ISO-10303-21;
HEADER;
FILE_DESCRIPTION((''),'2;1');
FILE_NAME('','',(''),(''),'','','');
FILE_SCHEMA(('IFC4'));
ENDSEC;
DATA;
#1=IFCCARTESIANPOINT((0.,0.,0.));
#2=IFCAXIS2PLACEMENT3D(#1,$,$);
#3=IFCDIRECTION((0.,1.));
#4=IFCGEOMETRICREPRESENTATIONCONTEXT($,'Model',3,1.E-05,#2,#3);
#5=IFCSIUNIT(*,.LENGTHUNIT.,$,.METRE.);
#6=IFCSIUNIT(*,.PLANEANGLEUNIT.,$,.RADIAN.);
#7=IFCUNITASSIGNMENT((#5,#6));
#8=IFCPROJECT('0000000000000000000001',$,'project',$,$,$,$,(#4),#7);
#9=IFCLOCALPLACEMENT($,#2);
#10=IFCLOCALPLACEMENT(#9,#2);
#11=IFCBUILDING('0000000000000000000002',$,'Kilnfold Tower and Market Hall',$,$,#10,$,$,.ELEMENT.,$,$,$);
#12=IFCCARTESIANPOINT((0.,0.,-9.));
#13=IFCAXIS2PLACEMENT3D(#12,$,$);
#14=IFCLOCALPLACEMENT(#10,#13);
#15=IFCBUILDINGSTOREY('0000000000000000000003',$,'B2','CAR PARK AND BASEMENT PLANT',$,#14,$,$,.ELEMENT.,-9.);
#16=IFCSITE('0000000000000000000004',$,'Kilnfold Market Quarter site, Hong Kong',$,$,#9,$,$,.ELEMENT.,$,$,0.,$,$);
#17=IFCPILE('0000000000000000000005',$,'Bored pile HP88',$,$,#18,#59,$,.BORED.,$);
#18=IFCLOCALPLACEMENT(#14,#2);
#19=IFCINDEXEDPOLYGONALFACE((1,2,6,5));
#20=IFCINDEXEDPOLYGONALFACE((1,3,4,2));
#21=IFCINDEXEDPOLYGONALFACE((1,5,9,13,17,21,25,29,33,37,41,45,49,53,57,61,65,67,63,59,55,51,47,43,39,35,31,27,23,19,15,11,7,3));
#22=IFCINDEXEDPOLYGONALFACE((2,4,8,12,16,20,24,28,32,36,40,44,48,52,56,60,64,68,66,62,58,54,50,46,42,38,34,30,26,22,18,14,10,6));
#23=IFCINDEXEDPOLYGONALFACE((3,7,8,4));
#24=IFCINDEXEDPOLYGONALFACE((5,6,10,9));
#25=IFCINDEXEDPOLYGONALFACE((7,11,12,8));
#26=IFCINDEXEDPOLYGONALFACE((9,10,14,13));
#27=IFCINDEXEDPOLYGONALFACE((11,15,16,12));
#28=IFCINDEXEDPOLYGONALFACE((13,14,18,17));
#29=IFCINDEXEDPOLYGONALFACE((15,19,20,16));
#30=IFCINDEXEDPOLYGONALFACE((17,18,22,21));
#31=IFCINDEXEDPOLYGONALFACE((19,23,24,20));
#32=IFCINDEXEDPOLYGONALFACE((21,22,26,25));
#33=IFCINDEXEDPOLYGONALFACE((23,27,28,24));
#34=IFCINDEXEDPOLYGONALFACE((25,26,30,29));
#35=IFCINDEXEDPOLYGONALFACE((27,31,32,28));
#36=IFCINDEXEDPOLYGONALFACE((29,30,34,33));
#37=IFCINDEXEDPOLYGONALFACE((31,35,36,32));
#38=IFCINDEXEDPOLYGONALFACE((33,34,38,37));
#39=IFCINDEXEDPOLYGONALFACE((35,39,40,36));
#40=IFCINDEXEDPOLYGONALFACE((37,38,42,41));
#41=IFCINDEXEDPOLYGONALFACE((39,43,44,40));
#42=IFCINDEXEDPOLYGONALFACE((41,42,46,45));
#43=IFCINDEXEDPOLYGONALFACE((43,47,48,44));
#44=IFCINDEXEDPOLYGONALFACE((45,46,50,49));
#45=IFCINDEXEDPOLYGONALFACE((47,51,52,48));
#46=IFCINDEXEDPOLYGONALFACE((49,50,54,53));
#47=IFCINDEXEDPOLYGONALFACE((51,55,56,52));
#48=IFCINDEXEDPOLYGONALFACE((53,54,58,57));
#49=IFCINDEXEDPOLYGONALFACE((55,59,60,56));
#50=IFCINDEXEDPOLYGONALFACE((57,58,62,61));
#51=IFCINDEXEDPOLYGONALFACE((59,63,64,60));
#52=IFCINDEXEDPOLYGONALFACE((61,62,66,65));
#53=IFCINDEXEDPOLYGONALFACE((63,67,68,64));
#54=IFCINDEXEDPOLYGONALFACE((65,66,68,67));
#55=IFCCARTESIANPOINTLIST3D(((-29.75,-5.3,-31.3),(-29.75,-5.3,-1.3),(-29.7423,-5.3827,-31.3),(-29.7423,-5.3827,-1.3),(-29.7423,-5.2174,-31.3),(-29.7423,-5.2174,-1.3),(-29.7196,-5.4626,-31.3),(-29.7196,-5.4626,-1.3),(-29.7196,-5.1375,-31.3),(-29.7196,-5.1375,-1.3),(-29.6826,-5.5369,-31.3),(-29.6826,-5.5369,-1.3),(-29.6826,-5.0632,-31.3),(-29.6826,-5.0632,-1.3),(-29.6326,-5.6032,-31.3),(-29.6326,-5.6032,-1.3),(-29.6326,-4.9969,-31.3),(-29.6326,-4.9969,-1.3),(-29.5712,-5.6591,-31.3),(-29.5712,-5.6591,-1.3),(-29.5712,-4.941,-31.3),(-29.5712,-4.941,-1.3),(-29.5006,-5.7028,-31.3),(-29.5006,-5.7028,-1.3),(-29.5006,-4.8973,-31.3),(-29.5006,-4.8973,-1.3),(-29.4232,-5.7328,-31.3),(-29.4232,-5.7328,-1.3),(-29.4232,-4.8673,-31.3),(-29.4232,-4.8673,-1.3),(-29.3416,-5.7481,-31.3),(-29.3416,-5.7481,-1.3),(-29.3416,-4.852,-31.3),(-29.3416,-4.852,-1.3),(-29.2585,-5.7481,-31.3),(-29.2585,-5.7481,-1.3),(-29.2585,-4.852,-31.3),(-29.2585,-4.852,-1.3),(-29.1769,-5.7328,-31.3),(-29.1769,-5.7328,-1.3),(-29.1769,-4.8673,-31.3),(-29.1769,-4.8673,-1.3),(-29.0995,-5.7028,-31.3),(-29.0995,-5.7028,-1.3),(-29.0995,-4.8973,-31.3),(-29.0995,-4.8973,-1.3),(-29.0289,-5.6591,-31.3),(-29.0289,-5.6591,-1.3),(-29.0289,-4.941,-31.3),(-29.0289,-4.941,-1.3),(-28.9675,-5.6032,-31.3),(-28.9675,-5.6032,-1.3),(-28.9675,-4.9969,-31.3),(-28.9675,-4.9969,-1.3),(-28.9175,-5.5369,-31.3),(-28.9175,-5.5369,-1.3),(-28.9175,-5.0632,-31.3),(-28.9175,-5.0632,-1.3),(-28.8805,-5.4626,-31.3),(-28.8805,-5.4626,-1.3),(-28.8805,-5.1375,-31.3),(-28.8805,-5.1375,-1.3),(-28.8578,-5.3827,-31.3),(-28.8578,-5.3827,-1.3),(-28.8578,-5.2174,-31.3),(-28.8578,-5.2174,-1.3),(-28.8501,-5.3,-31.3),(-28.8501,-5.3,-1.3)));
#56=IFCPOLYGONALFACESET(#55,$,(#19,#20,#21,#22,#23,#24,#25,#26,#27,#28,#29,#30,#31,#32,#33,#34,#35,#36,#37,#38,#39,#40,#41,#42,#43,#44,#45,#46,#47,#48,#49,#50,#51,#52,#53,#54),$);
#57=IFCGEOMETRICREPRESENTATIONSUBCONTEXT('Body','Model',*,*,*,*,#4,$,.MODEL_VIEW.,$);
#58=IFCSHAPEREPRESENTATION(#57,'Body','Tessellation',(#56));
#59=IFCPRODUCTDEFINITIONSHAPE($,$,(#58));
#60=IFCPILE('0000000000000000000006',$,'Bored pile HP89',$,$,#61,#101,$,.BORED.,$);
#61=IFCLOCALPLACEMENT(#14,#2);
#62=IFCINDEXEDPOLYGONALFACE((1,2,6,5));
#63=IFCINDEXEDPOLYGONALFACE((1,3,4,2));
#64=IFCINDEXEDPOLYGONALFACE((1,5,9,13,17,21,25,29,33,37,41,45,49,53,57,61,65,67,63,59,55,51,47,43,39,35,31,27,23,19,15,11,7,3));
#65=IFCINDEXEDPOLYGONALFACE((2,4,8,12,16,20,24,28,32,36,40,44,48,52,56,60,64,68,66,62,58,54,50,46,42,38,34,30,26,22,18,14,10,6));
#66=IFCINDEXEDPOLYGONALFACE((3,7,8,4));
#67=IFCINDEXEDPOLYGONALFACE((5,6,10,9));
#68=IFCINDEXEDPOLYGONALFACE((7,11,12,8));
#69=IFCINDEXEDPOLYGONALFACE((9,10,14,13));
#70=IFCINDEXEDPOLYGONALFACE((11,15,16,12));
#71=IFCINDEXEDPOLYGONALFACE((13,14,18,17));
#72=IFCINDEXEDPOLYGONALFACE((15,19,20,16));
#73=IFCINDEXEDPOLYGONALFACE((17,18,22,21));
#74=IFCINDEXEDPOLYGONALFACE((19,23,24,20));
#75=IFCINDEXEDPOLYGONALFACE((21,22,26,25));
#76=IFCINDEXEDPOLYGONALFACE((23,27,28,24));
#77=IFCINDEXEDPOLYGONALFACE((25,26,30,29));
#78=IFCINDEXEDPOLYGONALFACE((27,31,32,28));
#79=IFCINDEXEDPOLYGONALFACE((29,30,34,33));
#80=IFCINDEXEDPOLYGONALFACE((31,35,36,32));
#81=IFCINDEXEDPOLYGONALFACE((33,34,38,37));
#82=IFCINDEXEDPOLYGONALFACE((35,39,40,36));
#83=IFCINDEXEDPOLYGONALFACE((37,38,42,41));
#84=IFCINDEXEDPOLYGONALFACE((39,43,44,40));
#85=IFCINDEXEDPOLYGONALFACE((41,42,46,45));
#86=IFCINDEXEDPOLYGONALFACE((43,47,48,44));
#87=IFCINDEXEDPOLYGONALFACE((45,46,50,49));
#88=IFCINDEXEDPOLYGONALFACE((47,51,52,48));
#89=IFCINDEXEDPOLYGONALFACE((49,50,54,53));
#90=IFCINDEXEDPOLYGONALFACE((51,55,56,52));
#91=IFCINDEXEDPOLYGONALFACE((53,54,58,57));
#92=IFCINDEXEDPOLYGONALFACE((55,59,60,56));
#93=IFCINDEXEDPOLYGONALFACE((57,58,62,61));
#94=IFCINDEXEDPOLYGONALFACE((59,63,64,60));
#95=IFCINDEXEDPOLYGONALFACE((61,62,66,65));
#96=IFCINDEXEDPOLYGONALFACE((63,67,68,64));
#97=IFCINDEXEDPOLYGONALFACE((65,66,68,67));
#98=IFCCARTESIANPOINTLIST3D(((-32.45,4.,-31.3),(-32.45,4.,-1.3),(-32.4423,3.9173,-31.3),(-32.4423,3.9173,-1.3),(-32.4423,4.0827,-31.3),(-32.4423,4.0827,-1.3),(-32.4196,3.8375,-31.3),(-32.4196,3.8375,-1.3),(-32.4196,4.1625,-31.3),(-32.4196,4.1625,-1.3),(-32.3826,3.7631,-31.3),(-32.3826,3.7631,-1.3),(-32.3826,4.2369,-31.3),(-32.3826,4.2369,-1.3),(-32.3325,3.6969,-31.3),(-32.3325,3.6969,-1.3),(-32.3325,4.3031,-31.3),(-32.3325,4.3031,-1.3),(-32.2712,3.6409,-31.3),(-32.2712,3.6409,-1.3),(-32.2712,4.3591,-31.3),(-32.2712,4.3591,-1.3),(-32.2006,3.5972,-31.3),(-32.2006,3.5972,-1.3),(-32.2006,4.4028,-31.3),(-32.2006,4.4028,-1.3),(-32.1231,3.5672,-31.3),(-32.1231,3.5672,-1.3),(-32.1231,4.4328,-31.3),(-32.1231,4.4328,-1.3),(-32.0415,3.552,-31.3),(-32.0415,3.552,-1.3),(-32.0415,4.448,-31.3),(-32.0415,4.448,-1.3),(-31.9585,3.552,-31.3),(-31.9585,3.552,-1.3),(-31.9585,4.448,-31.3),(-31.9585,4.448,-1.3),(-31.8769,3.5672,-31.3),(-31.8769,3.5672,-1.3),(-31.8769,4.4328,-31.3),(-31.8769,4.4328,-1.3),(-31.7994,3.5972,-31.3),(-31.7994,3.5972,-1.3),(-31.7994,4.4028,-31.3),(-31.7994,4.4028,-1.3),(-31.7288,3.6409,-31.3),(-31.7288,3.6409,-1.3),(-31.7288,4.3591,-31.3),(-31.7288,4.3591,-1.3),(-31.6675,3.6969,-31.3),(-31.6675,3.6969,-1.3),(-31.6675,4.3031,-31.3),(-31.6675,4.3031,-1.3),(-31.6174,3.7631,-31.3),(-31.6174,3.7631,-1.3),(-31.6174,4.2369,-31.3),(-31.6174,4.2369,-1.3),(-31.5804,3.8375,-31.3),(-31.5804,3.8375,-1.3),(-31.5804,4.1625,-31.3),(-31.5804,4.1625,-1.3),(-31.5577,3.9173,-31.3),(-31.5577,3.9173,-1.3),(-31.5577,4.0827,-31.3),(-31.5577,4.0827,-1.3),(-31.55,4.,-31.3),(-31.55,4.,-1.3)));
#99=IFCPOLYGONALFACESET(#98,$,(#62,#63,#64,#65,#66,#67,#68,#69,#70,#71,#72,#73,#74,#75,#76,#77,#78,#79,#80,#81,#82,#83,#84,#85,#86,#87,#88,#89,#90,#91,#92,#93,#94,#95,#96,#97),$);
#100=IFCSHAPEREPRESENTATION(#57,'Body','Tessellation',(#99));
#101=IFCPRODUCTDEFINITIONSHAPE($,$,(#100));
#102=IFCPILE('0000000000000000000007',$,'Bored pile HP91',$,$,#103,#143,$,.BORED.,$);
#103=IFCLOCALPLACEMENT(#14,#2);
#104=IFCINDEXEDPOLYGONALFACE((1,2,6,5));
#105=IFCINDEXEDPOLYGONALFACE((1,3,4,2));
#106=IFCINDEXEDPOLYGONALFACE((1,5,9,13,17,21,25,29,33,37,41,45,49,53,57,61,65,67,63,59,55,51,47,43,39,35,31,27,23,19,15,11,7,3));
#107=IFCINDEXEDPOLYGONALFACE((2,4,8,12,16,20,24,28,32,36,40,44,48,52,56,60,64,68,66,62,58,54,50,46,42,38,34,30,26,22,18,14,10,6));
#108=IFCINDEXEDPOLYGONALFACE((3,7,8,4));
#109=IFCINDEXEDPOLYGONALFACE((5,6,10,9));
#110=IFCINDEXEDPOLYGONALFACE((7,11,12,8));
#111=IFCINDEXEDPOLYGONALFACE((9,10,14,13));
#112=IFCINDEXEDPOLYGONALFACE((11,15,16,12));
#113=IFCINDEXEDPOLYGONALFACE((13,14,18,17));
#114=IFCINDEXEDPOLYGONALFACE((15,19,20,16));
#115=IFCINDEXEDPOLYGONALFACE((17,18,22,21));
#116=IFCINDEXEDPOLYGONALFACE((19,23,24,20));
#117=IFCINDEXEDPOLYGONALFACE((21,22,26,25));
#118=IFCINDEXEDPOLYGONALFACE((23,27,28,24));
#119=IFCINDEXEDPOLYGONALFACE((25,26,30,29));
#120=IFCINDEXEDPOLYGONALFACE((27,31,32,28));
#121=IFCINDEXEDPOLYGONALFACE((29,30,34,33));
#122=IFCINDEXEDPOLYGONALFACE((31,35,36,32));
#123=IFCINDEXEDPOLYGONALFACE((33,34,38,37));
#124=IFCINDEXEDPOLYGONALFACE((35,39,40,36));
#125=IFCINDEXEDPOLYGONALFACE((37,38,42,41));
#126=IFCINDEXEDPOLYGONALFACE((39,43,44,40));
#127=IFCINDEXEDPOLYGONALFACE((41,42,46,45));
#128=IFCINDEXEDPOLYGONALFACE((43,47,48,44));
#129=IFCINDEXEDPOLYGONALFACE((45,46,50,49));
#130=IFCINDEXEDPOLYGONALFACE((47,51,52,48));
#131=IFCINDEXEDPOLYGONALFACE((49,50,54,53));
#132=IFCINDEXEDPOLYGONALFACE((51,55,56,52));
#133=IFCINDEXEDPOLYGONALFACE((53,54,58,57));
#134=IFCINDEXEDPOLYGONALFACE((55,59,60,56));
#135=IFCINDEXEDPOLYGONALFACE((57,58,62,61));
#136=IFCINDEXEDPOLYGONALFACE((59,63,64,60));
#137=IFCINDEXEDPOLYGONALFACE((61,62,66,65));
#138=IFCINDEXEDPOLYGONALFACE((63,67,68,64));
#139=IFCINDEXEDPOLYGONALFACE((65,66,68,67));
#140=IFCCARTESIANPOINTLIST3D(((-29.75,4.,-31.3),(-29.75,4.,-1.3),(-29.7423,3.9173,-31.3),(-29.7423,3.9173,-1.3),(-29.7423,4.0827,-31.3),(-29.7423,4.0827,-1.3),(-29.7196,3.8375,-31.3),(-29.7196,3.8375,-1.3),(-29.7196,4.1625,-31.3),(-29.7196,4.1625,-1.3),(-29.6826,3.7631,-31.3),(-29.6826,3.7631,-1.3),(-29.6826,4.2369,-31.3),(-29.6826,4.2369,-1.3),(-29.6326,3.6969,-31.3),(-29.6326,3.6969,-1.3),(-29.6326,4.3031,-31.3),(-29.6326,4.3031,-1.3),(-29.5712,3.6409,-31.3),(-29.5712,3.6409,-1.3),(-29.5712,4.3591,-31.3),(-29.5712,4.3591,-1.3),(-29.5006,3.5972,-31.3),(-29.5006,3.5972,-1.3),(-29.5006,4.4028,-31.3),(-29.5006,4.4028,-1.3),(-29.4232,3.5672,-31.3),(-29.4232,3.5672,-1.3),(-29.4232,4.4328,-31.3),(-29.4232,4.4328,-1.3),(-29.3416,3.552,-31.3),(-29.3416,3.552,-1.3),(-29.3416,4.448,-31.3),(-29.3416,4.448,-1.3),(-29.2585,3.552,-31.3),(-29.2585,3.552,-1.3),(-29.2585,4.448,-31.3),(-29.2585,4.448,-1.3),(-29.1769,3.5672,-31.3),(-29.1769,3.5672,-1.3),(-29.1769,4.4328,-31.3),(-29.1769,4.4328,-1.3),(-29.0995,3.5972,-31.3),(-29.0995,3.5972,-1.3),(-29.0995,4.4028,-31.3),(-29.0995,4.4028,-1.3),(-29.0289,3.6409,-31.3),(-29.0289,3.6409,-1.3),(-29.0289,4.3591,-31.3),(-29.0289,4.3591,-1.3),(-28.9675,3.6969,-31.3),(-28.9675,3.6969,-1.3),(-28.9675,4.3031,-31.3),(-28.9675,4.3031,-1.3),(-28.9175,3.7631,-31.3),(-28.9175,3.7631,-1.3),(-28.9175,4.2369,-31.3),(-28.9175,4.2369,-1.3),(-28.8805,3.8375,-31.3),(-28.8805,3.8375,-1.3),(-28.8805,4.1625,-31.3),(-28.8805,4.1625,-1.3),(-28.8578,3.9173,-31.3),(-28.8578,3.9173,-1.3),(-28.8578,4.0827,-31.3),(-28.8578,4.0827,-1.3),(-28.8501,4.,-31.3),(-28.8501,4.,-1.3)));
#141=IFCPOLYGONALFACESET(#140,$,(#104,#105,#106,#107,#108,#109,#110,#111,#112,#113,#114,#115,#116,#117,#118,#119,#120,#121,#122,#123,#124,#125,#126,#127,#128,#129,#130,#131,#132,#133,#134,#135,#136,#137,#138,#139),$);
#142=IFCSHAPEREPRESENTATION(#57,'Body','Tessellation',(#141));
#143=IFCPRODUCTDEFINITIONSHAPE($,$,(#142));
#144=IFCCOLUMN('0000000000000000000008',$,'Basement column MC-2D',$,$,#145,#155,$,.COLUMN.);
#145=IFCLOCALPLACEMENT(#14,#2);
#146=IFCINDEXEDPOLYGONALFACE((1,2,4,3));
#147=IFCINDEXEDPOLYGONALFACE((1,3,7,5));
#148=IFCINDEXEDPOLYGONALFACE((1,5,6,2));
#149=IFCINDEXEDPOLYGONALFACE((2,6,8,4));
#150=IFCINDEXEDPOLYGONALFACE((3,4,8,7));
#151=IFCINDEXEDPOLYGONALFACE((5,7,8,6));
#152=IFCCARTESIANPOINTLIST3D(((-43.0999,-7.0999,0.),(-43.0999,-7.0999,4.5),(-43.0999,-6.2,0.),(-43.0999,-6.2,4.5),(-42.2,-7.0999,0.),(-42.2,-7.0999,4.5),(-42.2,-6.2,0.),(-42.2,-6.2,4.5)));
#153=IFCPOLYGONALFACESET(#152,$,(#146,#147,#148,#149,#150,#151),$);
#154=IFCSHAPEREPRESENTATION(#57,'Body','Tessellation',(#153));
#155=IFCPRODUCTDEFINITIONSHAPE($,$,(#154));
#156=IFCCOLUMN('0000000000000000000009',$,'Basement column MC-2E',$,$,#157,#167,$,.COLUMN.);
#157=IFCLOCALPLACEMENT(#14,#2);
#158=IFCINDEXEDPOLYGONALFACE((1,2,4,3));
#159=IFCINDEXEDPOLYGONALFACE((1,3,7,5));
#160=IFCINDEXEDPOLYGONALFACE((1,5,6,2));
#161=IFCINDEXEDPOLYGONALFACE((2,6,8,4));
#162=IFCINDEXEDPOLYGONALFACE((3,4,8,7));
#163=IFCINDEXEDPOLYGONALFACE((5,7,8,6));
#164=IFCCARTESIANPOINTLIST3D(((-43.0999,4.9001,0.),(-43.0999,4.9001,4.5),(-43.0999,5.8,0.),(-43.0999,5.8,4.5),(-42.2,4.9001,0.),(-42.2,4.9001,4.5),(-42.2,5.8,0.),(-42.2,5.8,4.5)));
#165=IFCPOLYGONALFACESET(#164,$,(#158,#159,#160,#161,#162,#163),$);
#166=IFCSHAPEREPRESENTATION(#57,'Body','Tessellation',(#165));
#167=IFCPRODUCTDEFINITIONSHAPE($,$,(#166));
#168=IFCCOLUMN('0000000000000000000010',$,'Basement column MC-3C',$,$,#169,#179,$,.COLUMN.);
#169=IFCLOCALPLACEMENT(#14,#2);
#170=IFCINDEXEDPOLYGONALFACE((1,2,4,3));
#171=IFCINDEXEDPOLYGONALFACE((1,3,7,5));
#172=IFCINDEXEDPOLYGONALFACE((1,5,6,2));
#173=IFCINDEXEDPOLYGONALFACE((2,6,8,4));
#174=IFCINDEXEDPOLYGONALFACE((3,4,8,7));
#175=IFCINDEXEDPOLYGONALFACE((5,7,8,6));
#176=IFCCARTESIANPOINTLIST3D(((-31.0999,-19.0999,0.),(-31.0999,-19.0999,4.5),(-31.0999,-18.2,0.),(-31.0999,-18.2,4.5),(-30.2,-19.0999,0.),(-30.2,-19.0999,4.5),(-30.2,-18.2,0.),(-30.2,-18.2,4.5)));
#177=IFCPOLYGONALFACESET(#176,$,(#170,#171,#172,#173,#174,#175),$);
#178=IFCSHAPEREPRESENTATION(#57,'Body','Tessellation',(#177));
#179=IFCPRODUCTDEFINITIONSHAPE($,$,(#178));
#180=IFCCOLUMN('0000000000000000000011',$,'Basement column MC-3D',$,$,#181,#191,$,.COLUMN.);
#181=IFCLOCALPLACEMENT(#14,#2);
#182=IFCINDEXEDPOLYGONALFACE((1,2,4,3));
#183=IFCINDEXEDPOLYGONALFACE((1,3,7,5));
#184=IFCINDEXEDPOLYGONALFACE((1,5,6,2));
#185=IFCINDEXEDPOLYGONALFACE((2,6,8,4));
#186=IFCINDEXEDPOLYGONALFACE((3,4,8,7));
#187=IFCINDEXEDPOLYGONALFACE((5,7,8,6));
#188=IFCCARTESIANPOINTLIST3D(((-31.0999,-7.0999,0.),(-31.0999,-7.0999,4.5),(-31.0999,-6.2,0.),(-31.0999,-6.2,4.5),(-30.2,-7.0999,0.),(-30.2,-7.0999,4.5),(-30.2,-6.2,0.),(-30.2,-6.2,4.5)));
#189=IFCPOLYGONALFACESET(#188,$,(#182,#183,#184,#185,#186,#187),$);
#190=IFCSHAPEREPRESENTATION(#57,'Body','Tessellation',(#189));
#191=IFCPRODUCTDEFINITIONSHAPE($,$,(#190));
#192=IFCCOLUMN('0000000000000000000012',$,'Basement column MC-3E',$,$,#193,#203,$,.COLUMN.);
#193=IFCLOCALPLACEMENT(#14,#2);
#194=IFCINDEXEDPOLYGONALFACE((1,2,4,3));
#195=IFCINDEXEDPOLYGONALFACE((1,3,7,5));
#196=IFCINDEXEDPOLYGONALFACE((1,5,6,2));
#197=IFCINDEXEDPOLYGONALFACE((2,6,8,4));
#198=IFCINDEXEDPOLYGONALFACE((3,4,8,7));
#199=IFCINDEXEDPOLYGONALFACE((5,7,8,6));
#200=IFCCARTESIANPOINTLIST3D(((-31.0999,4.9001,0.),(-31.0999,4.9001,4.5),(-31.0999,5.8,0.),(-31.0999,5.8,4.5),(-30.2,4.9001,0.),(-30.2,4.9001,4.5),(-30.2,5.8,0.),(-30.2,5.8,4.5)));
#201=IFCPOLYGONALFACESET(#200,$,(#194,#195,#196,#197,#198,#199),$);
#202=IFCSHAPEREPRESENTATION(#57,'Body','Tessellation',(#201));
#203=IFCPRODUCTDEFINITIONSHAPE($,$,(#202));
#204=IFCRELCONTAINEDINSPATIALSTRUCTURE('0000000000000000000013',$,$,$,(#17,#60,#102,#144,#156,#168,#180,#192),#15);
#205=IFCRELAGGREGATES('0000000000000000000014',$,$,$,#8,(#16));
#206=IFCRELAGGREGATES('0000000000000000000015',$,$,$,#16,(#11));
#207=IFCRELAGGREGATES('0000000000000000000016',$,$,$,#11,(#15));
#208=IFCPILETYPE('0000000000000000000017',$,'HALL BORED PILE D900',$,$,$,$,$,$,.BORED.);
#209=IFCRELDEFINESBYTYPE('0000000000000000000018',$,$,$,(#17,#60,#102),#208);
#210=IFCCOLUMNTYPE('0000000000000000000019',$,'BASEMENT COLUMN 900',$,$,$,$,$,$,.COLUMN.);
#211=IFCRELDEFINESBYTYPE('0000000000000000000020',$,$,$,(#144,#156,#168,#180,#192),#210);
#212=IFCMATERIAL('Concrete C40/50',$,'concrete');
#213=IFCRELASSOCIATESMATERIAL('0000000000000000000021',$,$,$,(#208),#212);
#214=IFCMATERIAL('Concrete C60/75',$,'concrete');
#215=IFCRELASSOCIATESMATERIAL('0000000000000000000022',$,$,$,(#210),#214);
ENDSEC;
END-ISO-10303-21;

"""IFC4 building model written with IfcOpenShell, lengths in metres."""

from ifc_helpers import new_model, si_unit, direction, frame, origin, origin_2d, place, context, subcontext, project, spatial, rectangle, circle, extrude, source, transform, mapped, material, material_profile, profile_set, type_object, element, save


model = new_model("IFC4")

# Units and contexts
model_context = context("Model", 3, precision=1e-05, world=origin(), true_north=direction((0.0, 1.0)))
body_context = subcontext(model_context, "Body", "Model", "MODEL_VIEW")
ifc_project = project(units=[si_unit("LENGTHUNIT", "METRE"), si_unit("PLANEANGLEUNIT", "RADIAN")], contexts=[model_context])

# Site, building, storey
site_placement = place(None, origin())
site = spatial("IfcSite", under=ifc_project, at=site_placement, Name="Kilnfold Market Quarter site, Hong Kong", CompositionType="ELEMENT", RefElevation=0.0)
building_placement = place(site_placement, origin())
building = spatial("IfcBuilding", under=site, at=building_placement, Name="Kilnfold Tower and Market Hall", CompositionType="ELEMENT")
storey_placement = place(building_placement, frame((0.0, 0.0, -9.0)))
storey = spatial("IfcBuildingStorey", under=building, at=storey_placement, Name="B2", Description="CAR PARK AND BASEMENT PLANT", CompositionType="ELEMENT", Elevation=-9.0)

# Piles
ifc_material_1 = material(Name="Concrete C40/50", Category="concrete")
ifc_material_profile_1 = material_profile(ifc_material_1, circle(Radius=0.45, at=origin_2d()), Name="D900")
ifc_profile_set_1 = profile_set([ifc_material_profile_1], Name="Concrete C40/50")
pile_type = type_object("IfcPileType", Name="HALL BORED PILE D900", PredefinedType="BORED", material=ifc_profile_set_1)
shared_shape_1 = source(origin(), body_context, "Body", "SweptSolid", [
    extrude(circle(Radius=0.45, at=origin_2d()), origin(), (0.0, 0.0, 1.0), 30.0),
])
for number, where, z_axis, x_axis, name in (
    (1, (-29.3, -5.3, -1.3), (0.0, 0.0, -1.0), (1.0, 0.0, 0.0), "Bored pile HP88"),
    (2, (-32.0, 4.0, -1.3), (0.0, 0.0, -1.0), (1.0, 0.0, 0.0), "Bored pile HP89"),
    (3, (-29.3, 4.0, -1.3), (0.0, 0.0, -1.0), (1.0, 0.0, 0.0), "Bored pile HP91"),
):
    element("IfcPile", number, at=place(storey_placement, frame(where, z_axis=z_axis, x_axis=x_axis)), inside=storey, type_object=pile_type, Name=name, PredefinedType="BORED", context=body_context, shape_type="MappedRepresentation", body=[
        mapped(shared_shape_1, transform((0.0, 0.0, 0.0))),
    ])

# Columns
ifc_material_2 = material(Name="Concrete C60/75", Category="concrete")
ifc_material_profile_2 = material_profile(ifc_material_2, rectangle(XDim=0.8999, YDim=0.8999, at=origin_2d()), Name="RC 900x900")
ifc_profile_set_2 = profile_set([ifc_material_profile_2], Name="Concrete C60/75")
column_type = type_object("IfcColumnType", Name="BASEMENT COLUMN 900", PredefinedType="COLUMN", material=ifc_profile_set_2)
shared_shape_2 = source(origin(), body_context, "Body", "SweptSolid", [
    extrude(rectangle(XDim=0.8999, YDim=0.8999, at=origin_2d()), origin(), (0.0, 0.0, 1.0), 4.5),
])
for number, where, z_axis, x_axis, name in (
    (4, (-42.6499, -6.6499, 0.0), (0.0, 0.0, 1.0), (1.0, 0.0, 0.0), "Basement column MC-2D"),
    (5, (-42.6499, 5.3501, 0.0), (0.0, 0.0, 1.0), (1.0, 0.0, 0.0), "Basement column MC-2E"),
    (6, (-30.6499, -18.6499, 0.0), (0.0, 0.0, 1.0), (1.0, 0.0, 0.0), "Basement column MC-3C"),
    (7, (-30.6499, -6.6499, 0.0), (0.0, 0.0, 1.0), (1.0, 0.0, 0.0), "Basement column MC-3D"),
    (8, (-30.6499, 5.3501, 0.0), (0.0, 0.0, 1.0), (1.0, 0.0, 0.0), "Basement column MC-3E"),
):
    element("IfcColumn", number, at=place(storey_placement, frame(where, z_axis=z_axis, x_axis=x_axis)), inside=storey, type_object=column_type, Name=name, PredefinedType="COLUMN", context=body_context, shape_type="MappedRepresentation", body=[
        mapped(shared_shape_2, transform((0.0, 0.0, 0.0))),
    ])

save(model, "model.ifc")
